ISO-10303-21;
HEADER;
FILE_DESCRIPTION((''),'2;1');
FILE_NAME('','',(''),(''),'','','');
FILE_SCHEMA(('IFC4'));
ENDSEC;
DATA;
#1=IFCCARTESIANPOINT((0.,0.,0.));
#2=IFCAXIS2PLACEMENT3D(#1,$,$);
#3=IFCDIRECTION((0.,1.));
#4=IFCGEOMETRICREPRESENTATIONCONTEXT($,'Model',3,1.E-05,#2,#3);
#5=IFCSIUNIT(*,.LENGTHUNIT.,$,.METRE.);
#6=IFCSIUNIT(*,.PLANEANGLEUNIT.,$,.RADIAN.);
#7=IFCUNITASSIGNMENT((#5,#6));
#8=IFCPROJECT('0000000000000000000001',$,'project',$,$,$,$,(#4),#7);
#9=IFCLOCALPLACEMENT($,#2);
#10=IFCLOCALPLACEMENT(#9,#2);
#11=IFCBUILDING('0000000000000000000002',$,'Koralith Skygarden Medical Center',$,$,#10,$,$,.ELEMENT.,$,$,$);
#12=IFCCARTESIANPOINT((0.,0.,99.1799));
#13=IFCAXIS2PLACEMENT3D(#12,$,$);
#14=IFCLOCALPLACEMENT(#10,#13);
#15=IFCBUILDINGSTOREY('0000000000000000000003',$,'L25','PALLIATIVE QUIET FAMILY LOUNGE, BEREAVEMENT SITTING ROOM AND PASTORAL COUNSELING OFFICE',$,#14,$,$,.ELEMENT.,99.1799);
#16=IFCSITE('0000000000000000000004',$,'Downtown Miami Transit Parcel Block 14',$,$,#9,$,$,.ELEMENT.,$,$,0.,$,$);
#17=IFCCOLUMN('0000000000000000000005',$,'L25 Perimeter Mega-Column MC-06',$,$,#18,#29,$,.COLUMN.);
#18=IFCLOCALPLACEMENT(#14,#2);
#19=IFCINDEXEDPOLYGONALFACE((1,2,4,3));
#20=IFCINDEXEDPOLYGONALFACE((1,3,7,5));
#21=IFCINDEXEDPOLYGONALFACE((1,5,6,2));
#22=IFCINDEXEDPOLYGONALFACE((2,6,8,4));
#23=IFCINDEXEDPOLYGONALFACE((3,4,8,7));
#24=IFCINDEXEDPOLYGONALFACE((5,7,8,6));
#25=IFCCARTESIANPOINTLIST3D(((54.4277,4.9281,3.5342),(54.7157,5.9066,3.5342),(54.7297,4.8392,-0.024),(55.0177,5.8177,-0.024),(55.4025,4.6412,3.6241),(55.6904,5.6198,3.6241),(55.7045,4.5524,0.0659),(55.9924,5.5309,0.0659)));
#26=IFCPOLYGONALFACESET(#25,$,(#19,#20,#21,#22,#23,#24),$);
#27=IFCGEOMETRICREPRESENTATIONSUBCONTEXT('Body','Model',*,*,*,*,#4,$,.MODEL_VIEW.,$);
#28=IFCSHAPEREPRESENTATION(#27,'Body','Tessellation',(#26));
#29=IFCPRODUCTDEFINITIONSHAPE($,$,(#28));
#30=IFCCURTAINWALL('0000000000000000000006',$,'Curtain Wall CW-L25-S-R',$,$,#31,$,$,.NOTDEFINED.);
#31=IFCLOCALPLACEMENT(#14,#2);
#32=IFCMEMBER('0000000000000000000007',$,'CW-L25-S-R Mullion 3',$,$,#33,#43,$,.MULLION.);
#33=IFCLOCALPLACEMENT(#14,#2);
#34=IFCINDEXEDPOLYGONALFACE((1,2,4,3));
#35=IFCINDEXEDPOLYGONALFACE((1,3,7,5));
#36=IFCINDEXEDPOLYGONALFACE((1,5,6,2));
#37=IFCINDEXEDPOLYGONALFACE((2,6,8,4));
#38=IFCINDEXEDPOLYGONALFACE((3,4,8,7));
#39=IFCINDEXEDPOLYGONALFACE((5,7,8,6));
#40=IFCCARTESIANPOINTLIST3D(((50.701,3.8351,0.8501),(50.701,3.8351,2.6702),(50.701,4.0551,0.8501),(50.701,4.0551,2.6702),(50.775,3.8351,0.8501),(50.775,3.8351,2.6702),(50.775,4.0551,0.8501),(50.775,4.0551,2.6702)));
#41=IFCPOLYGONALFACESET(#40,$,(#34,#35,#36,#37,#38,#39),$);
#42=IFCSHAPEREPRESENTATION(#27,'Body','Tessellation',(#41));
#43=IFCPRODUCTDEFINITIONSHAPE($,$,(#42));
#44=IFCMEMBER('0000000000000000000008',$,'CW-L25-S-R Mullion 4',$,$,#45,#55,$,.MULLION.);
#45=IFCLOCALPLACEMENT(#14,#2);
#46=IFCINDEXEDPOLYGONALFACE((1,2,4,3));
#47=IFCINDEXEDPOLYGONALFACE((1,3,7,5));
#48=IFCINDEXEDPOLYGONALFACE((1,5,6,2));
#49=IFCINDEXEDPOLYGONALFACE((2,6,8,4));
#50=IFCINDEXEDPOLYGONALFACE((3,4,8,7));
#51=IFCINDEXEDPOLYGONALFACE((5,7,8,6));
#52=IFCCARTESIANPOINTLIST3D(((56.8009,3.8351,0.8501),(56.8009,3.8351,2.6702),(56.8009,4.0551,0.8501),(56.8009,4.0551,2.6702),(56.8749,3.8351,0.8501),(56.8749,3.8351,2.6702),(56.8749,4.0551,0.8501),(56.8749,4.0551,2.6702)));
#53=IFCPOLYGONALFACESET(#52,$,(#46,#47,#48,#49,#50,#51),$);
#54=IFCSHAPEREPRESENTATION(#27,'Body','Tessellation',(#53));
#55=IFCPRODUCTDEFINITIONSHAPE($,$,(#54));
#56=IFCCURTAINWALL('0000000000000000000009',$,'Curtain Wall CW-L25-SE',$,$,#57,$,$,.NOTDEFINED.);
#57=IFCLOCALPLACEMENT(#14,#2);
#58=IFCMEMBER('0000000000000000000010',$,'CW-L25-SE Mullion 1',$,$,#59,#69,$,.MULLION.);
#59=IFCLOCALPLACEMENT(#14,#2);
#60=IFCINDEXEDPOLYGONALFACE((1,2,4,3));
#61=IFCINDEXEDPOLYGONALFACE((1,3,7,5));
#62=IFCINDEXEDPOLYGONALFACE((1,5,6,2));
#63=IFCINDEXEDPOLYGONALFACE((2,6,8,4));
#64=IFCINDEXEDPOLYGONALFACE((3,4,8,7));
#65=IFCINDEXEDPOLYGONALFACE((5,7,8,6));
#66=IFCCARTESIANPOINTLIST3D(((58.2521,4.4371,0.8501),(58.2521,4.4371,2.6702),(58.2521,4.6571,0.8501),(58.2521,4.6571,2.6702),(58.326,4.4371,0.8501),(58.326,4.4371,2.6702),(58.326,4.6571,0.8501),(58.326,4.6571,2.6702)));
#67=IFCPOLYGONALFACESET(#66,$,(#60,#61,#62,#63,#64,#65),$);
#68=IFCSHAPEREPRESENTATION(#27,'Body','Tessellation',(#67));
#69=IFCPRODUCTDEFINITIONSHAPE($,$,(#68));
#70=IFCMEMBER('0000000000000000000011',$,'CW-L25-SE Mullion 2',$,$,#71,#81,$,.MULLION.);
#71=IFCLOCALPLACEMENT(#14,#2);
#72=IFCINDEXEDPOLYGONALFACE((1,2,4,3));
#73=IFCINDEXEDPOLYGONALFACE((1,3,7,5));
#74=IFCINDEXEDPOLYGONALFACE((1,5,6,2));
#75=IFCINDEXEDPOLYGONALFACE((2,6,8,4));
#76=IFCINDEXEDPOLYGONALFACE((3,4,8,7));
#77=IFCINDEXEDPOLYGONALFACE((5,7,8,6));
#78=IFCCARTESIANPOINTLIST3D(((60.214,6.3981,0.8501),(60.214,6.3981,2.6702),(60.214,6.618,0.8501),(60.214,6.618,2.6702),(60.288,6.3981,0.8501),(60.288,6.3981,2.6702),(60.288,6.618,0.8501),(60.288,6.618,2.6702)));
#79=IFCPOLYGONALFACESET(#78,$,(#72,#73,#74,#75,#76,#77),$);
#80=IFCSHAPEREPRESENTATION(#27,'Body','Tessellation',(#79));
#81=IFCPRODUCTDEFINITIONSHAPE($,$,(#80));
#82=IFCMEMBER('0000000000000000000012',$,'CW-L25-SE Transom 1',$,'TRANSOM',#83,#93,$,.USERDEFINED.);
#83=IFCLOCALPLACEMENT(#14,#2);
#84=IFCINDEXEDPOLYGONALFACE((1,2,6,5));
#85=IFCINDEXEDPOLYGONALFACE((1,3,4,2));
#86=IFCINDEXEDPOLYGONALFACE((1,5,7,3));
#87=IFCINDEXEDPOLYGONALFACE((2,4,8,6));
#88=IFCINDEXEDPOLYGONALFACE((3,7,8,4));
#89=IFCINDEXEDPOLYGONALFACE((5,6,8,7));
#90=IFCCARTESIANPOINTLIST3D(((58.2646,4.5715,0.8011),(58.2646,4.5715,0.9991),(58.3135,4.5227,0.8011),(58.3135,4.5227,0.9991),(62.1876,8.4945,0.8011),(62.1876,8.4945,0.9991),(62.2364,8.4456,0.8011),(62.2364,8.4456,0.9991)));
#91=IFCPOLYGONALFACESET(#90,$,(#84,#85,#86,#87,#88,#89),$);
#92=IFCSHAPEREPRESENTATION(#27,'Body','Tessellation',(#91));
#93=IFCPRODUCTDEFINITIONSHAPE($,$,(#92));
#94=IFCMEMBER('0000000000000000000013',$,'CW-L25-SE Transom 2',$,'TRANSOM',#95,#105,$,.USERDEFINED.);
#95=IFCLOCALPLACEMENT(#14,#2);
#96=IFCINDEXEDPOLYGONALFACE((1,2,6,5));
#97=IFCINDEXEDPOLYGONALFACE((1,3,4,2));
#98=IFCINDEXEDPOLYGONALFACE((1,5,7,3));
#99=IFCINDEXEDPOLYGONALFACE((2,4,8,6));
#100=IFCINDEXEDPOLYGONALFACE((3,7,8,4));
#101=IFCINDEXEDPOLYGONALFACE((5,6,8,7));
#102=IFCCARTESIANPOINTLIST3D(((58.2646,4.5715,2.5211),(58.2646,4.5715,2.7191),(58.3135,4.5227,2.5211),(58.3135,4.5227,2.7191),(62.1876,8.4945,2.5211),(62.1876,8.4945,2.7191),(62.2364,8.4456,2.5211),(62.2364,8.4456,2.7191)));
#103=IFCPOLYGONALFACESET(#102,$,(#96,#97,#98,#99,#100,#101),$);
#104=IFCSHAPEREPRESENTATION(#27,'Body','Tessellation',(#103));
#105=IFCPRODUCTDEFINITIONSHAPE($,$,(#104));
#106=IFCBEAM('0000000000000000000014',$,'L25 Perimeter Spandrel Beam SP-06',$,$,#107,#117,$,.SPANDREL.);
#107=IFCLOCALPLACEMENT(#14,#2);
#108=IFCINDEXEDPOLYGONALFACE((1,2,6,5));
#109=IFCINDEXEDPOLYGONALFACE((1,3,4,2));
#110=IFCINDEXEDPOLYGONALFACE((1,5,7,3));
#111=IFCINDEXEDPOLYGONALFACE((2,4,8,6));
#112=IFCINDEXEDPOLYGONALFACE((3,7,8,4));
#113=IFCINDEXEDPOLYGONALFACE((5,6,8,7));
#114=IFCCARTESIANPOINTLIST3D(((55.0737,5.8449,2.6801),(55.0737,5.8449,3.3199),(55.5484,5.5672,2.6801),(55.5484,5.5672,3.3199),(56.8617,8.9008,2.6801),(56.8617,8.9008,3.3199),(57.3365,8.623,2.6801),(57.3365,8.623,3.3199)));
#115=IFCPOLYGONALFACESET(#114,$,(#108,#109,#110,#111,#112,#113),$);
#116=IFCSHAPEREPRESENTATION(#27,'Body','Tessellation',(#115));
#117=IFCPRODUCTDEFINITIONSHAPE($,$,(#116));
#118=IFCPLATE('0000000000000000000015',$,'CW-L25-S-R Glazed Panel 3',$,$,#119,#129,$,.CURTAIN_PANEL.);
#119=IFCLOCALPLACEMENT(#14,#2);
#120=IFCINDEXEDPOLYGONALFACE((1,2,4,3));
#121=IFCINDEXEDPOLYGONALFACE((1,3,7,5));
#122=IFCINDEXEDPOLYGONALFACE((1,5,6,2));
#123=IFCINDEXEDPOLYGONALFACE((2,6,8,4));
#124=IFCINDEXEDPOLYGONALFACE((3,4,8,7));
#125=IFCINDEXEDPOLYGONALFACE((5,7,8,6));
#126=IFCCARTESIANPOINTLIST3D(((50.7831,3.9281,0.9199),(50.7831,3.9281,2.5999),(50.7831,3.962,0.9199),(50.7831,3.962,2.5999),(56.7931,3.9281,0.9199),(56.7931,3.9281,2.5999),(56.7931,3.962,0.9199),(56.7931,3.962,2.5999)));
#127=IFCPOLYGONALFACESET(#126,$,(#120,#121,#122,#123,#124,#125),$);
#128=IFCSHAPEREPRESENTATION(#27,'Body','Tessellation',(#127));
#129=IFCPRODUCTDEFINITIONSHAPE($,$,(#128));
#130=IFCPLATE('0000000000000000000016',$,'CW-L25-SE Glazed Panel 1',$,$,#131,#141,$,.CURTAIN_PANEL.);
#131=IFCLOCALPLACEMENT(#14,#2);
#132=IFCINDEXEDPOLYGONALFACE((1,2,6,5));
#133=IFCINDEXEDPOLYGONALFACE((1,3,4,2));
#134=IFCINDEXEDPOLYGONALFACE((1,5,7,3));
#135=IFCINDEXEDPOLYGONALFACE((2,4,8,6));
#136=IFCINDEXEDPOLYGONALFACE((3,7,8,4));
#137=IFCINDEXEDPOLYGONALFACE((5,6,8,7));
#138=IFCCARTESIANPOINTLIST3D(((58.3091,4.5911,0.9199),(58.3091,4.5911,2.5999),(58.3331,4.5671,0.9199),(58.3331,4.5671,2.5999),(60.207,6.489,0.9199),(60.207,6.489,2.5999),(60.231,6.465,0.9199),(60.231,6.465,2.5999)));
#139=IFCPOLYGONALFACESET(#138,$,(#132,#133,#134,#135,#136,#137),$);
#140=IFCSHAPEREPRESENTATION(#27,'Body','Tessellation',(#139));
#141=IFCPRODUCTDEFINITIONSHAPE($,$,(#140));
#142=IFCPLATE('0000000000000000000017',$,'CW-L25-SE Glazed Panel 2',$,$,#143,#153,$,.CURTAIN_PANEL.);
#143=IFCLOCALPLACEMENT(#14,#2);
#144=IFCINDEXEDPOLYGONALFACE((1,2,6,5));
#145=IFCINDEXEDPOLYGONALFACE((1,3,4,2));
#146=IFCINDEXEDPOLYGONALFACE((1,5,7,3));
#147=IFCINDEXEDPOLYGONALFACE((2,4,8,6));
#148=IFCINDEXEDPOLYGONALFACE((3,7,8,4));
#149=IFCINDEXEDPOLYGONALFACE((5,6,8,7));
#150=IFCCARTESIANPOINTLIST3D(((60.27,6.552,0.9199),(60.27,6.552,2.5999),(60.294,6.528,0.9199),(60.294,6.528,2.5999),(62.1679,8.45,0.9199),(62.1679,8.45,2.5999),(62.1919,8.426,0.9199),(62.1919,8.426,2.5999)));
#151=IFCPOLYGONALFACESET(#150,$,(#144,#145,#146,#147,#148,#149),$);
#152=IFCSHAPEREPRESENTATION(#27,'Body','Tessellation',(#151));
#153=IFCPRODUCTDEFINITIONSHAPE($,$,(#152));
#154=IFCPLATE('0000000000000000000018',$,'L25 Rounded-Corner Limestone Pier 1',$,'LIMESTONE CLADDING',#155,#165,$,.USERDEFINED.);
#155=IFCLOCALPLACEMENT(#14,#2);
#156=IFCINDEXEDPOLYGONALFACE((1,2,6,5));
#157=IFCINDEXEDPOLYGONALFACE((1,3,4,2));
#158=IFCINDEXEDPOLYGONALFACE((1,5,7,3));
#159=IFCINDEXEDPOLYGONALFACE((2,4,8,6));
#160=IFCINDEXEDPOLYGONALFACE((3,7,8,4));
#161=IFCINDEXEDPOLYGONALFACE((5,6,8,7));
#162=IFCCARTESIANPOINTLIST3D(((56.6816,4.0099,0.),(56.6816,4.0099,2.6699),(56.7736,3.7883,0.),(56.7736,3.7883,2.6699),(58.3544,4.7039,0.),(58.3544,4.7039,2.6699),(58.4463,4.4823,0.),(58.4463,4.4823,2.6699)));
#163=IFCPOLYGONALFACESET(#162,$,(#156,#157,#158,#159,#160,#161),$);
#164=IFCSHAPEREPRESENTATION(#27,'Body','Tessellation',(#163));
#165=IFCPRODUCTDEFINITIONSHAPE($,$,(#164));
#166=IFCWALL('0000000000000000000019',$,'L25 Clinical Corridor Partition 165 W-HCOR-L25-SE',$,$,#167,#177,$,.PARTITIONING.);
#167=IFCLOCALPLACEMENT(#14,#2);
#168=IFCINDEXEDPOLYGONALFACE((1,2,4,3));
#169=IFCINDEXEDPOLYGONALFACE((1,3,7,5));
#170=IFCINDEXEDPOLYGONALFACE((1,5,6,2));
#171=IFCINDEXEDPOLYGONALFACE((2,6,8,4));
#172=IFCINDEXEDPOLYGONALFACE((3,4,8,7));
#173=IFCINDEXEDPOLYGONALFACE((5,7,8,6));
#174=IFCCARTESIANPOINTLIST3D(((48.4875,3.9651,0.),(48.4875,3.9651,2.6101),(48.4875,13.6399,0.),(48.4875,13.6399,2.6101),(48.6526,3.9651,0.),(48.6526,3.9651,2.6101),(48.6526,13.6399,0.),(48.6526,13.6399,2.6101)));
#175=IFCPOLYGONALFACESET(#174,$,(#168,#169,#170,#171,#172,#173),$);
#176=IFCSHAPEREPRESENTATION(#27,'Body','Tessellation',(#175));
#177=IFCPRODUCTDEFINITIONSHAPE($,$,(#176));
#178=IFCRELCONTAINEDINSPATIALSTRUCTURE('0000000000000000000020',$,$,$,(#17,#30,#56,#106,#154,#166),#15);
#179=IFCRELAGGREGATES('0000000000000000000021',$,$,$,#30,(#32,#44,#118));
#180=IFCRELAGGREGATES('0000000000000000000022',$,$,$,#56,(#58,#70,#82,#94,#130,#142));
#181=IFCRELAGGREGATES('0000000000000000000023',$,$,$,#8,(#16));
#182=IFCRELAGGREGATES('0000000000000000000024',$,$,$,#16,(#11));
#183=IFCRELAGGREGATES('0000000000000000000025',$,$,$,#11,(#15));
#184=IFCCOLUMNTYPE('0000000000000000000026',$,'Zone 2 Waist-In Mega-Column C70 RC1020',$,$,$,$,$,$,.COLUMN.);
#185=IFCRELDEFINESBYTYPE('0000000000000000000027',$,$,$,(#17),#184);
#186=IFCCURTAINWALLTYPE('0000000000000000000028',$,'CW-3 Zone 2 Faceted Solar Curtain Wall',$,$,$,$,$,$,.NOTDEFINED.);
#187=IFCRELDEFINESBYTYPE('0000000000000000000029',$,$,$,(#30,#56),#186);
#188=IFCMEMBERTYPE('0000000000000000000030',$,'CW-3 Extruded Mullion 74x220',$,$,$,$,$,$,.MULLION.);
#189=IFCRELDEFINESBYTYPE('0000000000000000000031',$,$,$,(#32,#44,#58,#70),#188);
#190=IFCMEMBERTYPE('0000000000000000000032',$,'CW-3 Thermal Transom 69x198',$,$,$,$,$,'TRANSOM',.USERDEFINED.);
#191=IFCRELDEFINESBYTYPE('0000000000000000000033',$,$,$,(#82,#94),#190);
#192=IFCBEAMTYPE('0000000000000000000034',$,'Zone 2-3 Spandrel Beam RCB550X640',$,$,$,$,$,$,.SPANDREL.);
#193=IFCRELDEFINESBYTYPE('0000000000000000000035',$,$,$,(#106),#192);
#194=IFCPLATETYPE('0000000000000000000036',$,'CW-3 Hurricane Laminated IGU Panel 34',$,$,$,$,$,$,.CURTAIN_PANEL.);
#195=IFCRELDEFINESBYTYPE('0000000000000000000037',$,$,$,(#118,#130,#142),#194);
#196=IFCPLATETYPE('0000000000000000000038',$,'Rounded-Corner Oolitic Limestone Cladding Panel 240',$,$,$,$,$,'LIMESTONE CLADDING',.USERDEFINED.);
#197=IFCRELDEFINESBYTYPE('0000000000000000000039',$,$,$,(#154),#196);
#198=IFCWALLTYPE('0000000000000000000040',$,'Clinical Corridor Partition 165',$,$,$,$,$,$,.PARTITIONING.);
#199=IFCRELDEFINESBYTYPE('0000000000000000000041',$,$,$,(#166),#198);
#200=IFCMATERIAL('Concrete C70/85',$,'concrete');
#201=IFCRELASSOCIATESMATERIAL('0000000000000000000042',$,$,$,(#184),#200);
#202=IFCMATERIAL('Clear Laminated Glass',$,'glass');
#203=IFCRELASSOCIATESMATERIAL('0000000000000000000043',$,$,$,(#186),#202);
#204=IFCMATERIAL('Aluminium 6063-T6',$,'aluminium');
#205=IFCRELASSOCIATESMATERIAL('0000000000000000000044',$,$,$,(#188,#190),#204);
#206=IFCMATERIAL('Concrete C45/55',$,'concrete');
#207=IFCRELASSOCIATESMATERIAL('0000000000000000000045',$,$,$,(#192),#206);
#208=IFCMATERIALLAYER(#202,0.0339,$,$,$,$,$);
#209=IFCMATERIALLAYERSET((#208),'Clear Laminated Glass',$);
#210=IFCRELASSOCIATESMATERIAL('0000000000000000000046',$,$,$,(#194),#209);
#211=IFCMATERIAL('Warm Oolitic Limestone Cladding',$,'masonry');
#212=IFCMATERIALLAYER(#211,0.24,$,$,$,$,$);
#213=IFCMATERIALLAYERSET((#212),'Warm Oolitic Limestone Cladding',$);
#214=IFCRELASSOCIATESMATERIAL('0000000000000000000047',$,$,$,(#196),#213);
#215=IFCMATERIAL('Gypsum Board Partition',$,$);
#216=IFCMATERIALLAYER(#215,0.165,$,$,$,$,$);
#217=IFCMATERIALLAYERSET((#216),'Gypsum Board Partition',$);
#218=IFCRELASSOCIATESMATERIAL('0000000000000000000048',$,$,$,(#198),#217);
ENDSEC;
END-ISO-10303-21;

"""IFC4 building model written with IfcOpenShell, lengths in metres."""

from ifc_helpers import new_model, si_unit, direction, frame, frame_2d, origin, origin_2d, place, context, subcontext, project, spatial, rectangle, extrude, material, layer, layer_set, material_profile, profile_set, type_object, element, aggregate, save


model = new_model("IFC4")

# Units and contexts
model_context = context("Model", 3, precision=1e-05, world=origin(), true_north=direction((0.0, 1.0)))
body_context = subcontext(model_context, "Body", "Model", "MODEL_VIEW")
ifc_project = project(units=[si_unit("LENGTHUNIT", "METRE"), si_unit("PLANEANGLEUNIT", "RADIAN")], contexts=[model_context])

# Site, building, storey
site_placement = place(None, origin())
site = spatial("IfcSite", under=ifc_project, at=site_placement, Name="Downtown Miami Transit Parcel Block 14", CompositionType="ELEMENT", RefElevation=0.0)
building_placement = place(site_placement, origin())
building = spatial("IfcBuilding", under=site, at=building_placement, Name="Koralith Skygarden Medical Center", CompositionType="ELEMENT")
storey_placement = place(building_placement, frame((0.0, 0.0, 99.1799)))
storey = spatial("IfcBuildingStorey", under=building, at=storey_placement, Name="L25", Description="PALLIATIVE QUIET FAMILY LOUNGE, BEREAVEMENT SITTING ROOM AND PASTORAL COUNSELING OFFICE", CompositionType="ELEMENT", Elevation=99.1799)

# Column
ifc_material_1 = material(Name="Concrete C70/85", Category="concrete")
ifc_material_profile_1 = material_profile(ifc_material_1, rectangle(XDim=1.02, YDim=1.02, at=origin_2d()), Name="RC1020X1020")
ifc_profile_set_1 = profile_set([ifc_material_profile_1], Name="Concrete C70/85")
column_type = type_object("IfcColumnType", Name="Zone 2 Waist-In Mega-Column C70 RC1020", PredefinedType="COLUMN", material=ifc_profile_set_1)
column_placement = place(storey_placement, frame((55.3611, 5.1851, 0.021), z_axis=(-0.084547, 0.024879, 0.996109), x_axis=(-0.282292, -0.959328, 0.0)))
element("IfcColumn", 1, at=column_placement, inside=storey, type_object=column_type, Name="L25 Perimeter Mega-Column MC-06", PredefinedType="COLUMN", context=body_context, shape_type="SweptSolid", body=[
    extrude(rectangle(XDim=1.02, YDim=1.02, at=origin_2d()), origin(), (0.0, 0.0, 1.0), 3.572),
])

# Curtain walls, members
ifc_material_2 = material(Name="Clear Laminated Glass", Category="glass")
curtain_wall_type = type_object("IfcCurtainWallType", Name="CW-3 Zone 2 Faceted Solar Curtain Wall", PredefinedType="NOTDEFINED", material=ifc_material_2)
curtain_wall_1_placement = place(storey_placement, origin())
curtain_wall_1 = element("IfcCurtainWall", 2, at=curtain_wall_1_placement, inside=storey, type_object=curtain_wall_type, Name="Curtain Wall CW-L25-S-R", PredefinedType="NOTDEFINED")
ifc_material_3 = material(Name="Aluminium 6063-T6", Category="aluminium")
ifc_material_profile_2 = material_profile(ifc_material_3, rectangle(XDim=0.074, YDim=0.22, at=origin_2d()), Name="MUL74X220")
ifc_profile_set_2 = profile_set([ifc_material_profile_2], Name="Aluminium 6063-T6")
member_type_1 = type_object("IfcMemberType", Name="CW-3 Extruded Mullion 74x220", PredefinedType="MULLION", material=ifc_profile_set_2)
member_1_placement = place(storey_placement, frame((50.738, 3.9451, 0.8501), z_axis=(0.0, 0.0, 1.0), x_axis=(1.0, 0.0, 0.0)))
member_1 = element("IfcMember", 3, at=member_1_placement, type_object=member_type_1, Name="CW-L25-S-R Mullion 3", PredefinedType="MULLION", context=body_context, shape_type="SweptSolid", body=[
    extrude(rectangle(XDim=0.074, YDim=0.22, at=origin_2d()), origin(), (0.0, 0.0, 1.0), 1.8201),
])
member_2_placement = place(storey_placement, frame((56.8379, 3.9451, 0.8501), z_axis=(0.0, 0.0, 1.0), x_axis=(1.0, 0.0, 0.0)))
member_2 = element("IfcMember", 4, at=member_2_placement, type_object=member_type_1, Name="CW-L25-S-R Mullion 4", PredefinedType="MULLION", context=body_context, shape_type="SweptSolid", body=[
    extrude(rectangle(XDim=0.074, YDim=0.22, at=origin_2d()), origin(), (0.0, 0.0, 1.0), 1.8201),
])
curtain_wall_2_placement = place(storey_placement, origin())
curtain_wall_2 = element("IfcCurtainWall", 5, at=curtain_wall_2_placement, inside=storey, type_object=curtain_wall_type, Name="Curtain Wall CW-L25-SE", PredefinedType="NOTDEFINED")
member_3_placement = place(storey_placement, frame((58.2891, 4.5471, 0.8501), z_axis=(0.0, 0.0, 1.0), x_axis=(1.0, 0.0, 0.0)))
member_3 = element("IfcMember", 6, at=member_3_placement, type_object=member_type_1, Name="CW-L25-SE Mullion 1", PredefinedType="MULLION", context=body_context, shape_type="SweptSolid", body=[
    extrude(rectangle(XDim=0.074, YDim=0.22, at=origin_2d()), origin(), (0.0, 0.0, 1.0), 1.8201),
])
member_4_placement = place(storey_placement, frame((60.251, 6.5081, 0.8501), z_axis=(0.0, 0.0, 1.0), x_axis=(1.0, 0.0, 0.0)))
member_4 = element("IfcMember", 7, at=member_4_placement, type_object=member_type_1, Name="CW-L25-SE Mullion 2", PredefinedType="MULLION", context=body_context, shape_type="SweptSolid", body=[
    extrude(rectangle(XDim=0.074, YDim=0.22, at=origin_2d()), origin(), (0.0, 0.0, 1.0), 1.8201),
])
ifc_material_profile_3 = material_profile(ifc_material_3, rectangle(XDim=0.0691, YDim=0.198, at=origin_2d()), Name="TRN69X198")
ifc_profile_set_3 = profile_set([ifc_material_profile_3], Name="Aluminium 6063-T6")
member_type_2 = type_object("IfcMemberType", Name="CW-3 Thermal Transom 69x198", ElementType="TRANSOM", PredefinedType="USERDEFINED", material=ifc_profile_set_3)
member_5_placement = place(storey_placement, frame((58.2891, 4.5471, 0.9001), z_axis=(0.707107, 0.707107, 0.0), x_axis=(-0.707107, 0.707107, 0.0)))
member_5 = element("IfcMember", 8, at=member_5_placement, type_object=member_type_2, Name="CW-L25-SE Transom 1", ObjectType="TRANSOM", PredefinedType="USERDEFINED", context=body_context, shape_type="SweptSolid", body=[
    extrude(rectangle(XDim=0.0691, YDim=0.198, at=origin_2d()), origin(), (0.0, 0.0, 1.0), 5.5479),
])
member_6_placement = place(storey_placement, frame((58.2891, 4.5471, 2.6201), z_axis=(0.707107, 0.707107, 0.0), x_axis=(-0.707107, 0.707107, 0.0)))
member_6 = element("IfcMember", 9, at=member_6_placement, type_object=member_type_2, Name="CW-L25-SE Transom 2", ObjectType="TRANSOM", PredefinedType="USERDEFINED", context=body_context, shape_type="SweptSolid", body=[
    extrude(rectangle(XDim=0.0691, YDim=0.198, at=origin_2d()), origin(), (0.0, 0.0, 1.0), 5.5479),
])

# Beam
ifc_material_4 = material(Name="Concrete C45/55", Category="concrete")
ifc_material_profile_4 = material_profile(ifc_material_4, rectangle(XDim=0.55, YDim=0.6399, at=origin_2d()), Name="RCB550X640")
ifc_profile_set_4 = profile_set([ifc_material_profile_4], Name="Concrete C45/55")
beam_type = type_object("IfcBeamType", Name="Zone 2-3 Spandrel Beam RCB550X640", PredefinedType="SPANDREL", material=ifc_profile_set_4)
beam_placement = place(storey_placement, frame((55.311, 5.7061, 3.0), z_axis=(0.505024, 0.863105, 0.0), x_axis=(-0.863105, 0.505024, 0.0)))
element("IfcBeam", 10, at=beam_placement, inside=storey, type_object=beam_type, Name="L25 Perimeter Spandrel Beam SP-06", PredefinedType="SPANDREL", context=body_context, shape_type="SweptSolid", body=[
    extrude(rectangle(XDim=0.55, YDim=0.6399, at=origin_2d()), origin(), (0.0, 0.0, 1.0), 3.5405),
])

# Plates
ifc_layer_1 = layer(ifc_material_2, 0.0339)
ifc_layer_set_1 = layer_set([ifc_layer_1], Name="Clear Laminated Glass")
plate_type_1 = type_object("IfcPlateType", Name="CW-3 Hurricane Laminated IGU Panel 34", PredefinedType="CURTAIN_PANEL", material=ifc_layer_set_1)
plate_1_placement = place(storey_placement, frame((53.7881, 3.9451, 0.9199), z_axis=(0.0, 0.0, 1.0), x_axis=(1.0, 0.0, 0.0)))
plate_1 = element("IfcPlate", 11, at=plate_1_placement, type_object=plate_type_1, Name="CW-L25-S-R Glazed Panel 3", PredefinedType="CURTAIN_PANEL", context=body_context, shape_type="SweptSolid", body=[
    extrude(rectangle(XDim=6.01, YDim=0.0339, at=origin_2d()), origin(), (0.0, 0.0, 1.0), 1.6799),
])
aggregate(curtain_wall_1, [member_1, member_2, plate_1])
plate_2_placement = place(storey_placement, frame((59.27, 5.5281, 0.9199), z_axis=(0.0, 0.0, 1.0), x_axis=(0.707107, 0.707107, 0.0)))
plate_2 = element("IfcPlate", 12, at=plate_2_placement, type_object=plate_type_1, Name="CW-L25-SE Glazed Panel 1", PredefinedType="CURTAIN_PANEL", context=body_context, shape_type="SweptSolid", body=[
    extrude(rectangle(XDim=2.6841, YDim=0.0339, at=origin_2d()), origin(), (0.0, 0.0, 1.0), 1.6799),
])
plate_3_placement = place(storey_placement, frame((61.231, 7.489, 0.9199), z_axis=(0.0, 0.0, 1.0), x_axis=(0.707107, 0.707107, 0.0)))
plate_3 = element("IfcPlate", 13, at=plate_3_placement, type_object=plate_type_1, Name="CW-L25-SE Glazed Panel 2", PredefinedType="CURTAIN_PANEL", context=body_context, shape_type="SweptSolid", body=[
    extrude(rectangle(XDim=2.6841, YDim=0.0339, at=origin_2d()), origin(), (0.0, 0.0, 1.0), 1.6799),
])
aggregate(curtain_wall_2, [member_3, member_4, member_5, member_6, plate_2, plate_3])
ifc_material_5 = material(Name="Warm Oolitic Limestone Cladding", Category="masonry")
ifc_layer_2 = layer(ifc_material_5, 0.24)
ifc_layer_set_2 = layer_set([ifc_layer_2], Name="Warm Oolitic Limestone Cladding")
plate_type_2 = type_object("IfcPlateType", Name="Rounded-Corner Oolitic Limestone Cladding Panel 240", ElementType="LIMESTONE CLADDING", PredefinedType="USERDEFINED", material=ifc_layer_set_2)
plate_4_placement = place(storey_placement, frame((57.564, 4.2461, 0.0), z_axis=(0.0, 0.0, 1.0), x_axis=(0.92366, 0.383214, 0.0)))
element("IfcPlate", 14, at=plate_4_placement, inside=storey, type_object=plate_type_2, Name="L25 Rounded-Corner Limestone Pier 1", ObjectType="LIMESTONE CLADDING", PredefinedType="USERDEFINED", context=body_context, shape_type="SweptSolid", body=[
    extrude(rectangle(XDim=1.811, YDim=0.24, at=origin_2d()), origin(), (0.0, 0.0, 1.0), 2.6699),
])

# Wall
ifc_material_6 = material(Name="Gypsum Board Partition")
ifc_layer_3 = layer(ifc_material_6, 0.165)
ifc_layer_set_3 = layer_set([ifc_layer_3], Name="Gypsum Board Partition")
wall_type_1 = type_object("IfcWallType", Name="Clinical Corridor Partition 165", PredefinedType="PARTITIONING", material=ifc_layer_set_3)
wall_1_placement = place(storey_placement, frame((48.5701, 3.9651, 0.0), z_axis=(0.0, 0.0, 1.0), x_axis=(0.0, 1.0, 0.0)))
element("IfcWall", 15, at=wall_1_placement, inside=storey, type_object=wall_type_1, Name="L25 Clinical Corridor Partition 165 W-HCOR-L25-SE", PredefinedType="PARTITIONING", context=body_context, shape_type="SweptSolid", body=[
    extrude(rectangle(XDim=9.6748, YDim=0.165, at=frame_2d((4.8374, 0.0))), origin(), (0.0, 0.0, 1.0), 2.6101),
])

save(model, "model.ifc")
